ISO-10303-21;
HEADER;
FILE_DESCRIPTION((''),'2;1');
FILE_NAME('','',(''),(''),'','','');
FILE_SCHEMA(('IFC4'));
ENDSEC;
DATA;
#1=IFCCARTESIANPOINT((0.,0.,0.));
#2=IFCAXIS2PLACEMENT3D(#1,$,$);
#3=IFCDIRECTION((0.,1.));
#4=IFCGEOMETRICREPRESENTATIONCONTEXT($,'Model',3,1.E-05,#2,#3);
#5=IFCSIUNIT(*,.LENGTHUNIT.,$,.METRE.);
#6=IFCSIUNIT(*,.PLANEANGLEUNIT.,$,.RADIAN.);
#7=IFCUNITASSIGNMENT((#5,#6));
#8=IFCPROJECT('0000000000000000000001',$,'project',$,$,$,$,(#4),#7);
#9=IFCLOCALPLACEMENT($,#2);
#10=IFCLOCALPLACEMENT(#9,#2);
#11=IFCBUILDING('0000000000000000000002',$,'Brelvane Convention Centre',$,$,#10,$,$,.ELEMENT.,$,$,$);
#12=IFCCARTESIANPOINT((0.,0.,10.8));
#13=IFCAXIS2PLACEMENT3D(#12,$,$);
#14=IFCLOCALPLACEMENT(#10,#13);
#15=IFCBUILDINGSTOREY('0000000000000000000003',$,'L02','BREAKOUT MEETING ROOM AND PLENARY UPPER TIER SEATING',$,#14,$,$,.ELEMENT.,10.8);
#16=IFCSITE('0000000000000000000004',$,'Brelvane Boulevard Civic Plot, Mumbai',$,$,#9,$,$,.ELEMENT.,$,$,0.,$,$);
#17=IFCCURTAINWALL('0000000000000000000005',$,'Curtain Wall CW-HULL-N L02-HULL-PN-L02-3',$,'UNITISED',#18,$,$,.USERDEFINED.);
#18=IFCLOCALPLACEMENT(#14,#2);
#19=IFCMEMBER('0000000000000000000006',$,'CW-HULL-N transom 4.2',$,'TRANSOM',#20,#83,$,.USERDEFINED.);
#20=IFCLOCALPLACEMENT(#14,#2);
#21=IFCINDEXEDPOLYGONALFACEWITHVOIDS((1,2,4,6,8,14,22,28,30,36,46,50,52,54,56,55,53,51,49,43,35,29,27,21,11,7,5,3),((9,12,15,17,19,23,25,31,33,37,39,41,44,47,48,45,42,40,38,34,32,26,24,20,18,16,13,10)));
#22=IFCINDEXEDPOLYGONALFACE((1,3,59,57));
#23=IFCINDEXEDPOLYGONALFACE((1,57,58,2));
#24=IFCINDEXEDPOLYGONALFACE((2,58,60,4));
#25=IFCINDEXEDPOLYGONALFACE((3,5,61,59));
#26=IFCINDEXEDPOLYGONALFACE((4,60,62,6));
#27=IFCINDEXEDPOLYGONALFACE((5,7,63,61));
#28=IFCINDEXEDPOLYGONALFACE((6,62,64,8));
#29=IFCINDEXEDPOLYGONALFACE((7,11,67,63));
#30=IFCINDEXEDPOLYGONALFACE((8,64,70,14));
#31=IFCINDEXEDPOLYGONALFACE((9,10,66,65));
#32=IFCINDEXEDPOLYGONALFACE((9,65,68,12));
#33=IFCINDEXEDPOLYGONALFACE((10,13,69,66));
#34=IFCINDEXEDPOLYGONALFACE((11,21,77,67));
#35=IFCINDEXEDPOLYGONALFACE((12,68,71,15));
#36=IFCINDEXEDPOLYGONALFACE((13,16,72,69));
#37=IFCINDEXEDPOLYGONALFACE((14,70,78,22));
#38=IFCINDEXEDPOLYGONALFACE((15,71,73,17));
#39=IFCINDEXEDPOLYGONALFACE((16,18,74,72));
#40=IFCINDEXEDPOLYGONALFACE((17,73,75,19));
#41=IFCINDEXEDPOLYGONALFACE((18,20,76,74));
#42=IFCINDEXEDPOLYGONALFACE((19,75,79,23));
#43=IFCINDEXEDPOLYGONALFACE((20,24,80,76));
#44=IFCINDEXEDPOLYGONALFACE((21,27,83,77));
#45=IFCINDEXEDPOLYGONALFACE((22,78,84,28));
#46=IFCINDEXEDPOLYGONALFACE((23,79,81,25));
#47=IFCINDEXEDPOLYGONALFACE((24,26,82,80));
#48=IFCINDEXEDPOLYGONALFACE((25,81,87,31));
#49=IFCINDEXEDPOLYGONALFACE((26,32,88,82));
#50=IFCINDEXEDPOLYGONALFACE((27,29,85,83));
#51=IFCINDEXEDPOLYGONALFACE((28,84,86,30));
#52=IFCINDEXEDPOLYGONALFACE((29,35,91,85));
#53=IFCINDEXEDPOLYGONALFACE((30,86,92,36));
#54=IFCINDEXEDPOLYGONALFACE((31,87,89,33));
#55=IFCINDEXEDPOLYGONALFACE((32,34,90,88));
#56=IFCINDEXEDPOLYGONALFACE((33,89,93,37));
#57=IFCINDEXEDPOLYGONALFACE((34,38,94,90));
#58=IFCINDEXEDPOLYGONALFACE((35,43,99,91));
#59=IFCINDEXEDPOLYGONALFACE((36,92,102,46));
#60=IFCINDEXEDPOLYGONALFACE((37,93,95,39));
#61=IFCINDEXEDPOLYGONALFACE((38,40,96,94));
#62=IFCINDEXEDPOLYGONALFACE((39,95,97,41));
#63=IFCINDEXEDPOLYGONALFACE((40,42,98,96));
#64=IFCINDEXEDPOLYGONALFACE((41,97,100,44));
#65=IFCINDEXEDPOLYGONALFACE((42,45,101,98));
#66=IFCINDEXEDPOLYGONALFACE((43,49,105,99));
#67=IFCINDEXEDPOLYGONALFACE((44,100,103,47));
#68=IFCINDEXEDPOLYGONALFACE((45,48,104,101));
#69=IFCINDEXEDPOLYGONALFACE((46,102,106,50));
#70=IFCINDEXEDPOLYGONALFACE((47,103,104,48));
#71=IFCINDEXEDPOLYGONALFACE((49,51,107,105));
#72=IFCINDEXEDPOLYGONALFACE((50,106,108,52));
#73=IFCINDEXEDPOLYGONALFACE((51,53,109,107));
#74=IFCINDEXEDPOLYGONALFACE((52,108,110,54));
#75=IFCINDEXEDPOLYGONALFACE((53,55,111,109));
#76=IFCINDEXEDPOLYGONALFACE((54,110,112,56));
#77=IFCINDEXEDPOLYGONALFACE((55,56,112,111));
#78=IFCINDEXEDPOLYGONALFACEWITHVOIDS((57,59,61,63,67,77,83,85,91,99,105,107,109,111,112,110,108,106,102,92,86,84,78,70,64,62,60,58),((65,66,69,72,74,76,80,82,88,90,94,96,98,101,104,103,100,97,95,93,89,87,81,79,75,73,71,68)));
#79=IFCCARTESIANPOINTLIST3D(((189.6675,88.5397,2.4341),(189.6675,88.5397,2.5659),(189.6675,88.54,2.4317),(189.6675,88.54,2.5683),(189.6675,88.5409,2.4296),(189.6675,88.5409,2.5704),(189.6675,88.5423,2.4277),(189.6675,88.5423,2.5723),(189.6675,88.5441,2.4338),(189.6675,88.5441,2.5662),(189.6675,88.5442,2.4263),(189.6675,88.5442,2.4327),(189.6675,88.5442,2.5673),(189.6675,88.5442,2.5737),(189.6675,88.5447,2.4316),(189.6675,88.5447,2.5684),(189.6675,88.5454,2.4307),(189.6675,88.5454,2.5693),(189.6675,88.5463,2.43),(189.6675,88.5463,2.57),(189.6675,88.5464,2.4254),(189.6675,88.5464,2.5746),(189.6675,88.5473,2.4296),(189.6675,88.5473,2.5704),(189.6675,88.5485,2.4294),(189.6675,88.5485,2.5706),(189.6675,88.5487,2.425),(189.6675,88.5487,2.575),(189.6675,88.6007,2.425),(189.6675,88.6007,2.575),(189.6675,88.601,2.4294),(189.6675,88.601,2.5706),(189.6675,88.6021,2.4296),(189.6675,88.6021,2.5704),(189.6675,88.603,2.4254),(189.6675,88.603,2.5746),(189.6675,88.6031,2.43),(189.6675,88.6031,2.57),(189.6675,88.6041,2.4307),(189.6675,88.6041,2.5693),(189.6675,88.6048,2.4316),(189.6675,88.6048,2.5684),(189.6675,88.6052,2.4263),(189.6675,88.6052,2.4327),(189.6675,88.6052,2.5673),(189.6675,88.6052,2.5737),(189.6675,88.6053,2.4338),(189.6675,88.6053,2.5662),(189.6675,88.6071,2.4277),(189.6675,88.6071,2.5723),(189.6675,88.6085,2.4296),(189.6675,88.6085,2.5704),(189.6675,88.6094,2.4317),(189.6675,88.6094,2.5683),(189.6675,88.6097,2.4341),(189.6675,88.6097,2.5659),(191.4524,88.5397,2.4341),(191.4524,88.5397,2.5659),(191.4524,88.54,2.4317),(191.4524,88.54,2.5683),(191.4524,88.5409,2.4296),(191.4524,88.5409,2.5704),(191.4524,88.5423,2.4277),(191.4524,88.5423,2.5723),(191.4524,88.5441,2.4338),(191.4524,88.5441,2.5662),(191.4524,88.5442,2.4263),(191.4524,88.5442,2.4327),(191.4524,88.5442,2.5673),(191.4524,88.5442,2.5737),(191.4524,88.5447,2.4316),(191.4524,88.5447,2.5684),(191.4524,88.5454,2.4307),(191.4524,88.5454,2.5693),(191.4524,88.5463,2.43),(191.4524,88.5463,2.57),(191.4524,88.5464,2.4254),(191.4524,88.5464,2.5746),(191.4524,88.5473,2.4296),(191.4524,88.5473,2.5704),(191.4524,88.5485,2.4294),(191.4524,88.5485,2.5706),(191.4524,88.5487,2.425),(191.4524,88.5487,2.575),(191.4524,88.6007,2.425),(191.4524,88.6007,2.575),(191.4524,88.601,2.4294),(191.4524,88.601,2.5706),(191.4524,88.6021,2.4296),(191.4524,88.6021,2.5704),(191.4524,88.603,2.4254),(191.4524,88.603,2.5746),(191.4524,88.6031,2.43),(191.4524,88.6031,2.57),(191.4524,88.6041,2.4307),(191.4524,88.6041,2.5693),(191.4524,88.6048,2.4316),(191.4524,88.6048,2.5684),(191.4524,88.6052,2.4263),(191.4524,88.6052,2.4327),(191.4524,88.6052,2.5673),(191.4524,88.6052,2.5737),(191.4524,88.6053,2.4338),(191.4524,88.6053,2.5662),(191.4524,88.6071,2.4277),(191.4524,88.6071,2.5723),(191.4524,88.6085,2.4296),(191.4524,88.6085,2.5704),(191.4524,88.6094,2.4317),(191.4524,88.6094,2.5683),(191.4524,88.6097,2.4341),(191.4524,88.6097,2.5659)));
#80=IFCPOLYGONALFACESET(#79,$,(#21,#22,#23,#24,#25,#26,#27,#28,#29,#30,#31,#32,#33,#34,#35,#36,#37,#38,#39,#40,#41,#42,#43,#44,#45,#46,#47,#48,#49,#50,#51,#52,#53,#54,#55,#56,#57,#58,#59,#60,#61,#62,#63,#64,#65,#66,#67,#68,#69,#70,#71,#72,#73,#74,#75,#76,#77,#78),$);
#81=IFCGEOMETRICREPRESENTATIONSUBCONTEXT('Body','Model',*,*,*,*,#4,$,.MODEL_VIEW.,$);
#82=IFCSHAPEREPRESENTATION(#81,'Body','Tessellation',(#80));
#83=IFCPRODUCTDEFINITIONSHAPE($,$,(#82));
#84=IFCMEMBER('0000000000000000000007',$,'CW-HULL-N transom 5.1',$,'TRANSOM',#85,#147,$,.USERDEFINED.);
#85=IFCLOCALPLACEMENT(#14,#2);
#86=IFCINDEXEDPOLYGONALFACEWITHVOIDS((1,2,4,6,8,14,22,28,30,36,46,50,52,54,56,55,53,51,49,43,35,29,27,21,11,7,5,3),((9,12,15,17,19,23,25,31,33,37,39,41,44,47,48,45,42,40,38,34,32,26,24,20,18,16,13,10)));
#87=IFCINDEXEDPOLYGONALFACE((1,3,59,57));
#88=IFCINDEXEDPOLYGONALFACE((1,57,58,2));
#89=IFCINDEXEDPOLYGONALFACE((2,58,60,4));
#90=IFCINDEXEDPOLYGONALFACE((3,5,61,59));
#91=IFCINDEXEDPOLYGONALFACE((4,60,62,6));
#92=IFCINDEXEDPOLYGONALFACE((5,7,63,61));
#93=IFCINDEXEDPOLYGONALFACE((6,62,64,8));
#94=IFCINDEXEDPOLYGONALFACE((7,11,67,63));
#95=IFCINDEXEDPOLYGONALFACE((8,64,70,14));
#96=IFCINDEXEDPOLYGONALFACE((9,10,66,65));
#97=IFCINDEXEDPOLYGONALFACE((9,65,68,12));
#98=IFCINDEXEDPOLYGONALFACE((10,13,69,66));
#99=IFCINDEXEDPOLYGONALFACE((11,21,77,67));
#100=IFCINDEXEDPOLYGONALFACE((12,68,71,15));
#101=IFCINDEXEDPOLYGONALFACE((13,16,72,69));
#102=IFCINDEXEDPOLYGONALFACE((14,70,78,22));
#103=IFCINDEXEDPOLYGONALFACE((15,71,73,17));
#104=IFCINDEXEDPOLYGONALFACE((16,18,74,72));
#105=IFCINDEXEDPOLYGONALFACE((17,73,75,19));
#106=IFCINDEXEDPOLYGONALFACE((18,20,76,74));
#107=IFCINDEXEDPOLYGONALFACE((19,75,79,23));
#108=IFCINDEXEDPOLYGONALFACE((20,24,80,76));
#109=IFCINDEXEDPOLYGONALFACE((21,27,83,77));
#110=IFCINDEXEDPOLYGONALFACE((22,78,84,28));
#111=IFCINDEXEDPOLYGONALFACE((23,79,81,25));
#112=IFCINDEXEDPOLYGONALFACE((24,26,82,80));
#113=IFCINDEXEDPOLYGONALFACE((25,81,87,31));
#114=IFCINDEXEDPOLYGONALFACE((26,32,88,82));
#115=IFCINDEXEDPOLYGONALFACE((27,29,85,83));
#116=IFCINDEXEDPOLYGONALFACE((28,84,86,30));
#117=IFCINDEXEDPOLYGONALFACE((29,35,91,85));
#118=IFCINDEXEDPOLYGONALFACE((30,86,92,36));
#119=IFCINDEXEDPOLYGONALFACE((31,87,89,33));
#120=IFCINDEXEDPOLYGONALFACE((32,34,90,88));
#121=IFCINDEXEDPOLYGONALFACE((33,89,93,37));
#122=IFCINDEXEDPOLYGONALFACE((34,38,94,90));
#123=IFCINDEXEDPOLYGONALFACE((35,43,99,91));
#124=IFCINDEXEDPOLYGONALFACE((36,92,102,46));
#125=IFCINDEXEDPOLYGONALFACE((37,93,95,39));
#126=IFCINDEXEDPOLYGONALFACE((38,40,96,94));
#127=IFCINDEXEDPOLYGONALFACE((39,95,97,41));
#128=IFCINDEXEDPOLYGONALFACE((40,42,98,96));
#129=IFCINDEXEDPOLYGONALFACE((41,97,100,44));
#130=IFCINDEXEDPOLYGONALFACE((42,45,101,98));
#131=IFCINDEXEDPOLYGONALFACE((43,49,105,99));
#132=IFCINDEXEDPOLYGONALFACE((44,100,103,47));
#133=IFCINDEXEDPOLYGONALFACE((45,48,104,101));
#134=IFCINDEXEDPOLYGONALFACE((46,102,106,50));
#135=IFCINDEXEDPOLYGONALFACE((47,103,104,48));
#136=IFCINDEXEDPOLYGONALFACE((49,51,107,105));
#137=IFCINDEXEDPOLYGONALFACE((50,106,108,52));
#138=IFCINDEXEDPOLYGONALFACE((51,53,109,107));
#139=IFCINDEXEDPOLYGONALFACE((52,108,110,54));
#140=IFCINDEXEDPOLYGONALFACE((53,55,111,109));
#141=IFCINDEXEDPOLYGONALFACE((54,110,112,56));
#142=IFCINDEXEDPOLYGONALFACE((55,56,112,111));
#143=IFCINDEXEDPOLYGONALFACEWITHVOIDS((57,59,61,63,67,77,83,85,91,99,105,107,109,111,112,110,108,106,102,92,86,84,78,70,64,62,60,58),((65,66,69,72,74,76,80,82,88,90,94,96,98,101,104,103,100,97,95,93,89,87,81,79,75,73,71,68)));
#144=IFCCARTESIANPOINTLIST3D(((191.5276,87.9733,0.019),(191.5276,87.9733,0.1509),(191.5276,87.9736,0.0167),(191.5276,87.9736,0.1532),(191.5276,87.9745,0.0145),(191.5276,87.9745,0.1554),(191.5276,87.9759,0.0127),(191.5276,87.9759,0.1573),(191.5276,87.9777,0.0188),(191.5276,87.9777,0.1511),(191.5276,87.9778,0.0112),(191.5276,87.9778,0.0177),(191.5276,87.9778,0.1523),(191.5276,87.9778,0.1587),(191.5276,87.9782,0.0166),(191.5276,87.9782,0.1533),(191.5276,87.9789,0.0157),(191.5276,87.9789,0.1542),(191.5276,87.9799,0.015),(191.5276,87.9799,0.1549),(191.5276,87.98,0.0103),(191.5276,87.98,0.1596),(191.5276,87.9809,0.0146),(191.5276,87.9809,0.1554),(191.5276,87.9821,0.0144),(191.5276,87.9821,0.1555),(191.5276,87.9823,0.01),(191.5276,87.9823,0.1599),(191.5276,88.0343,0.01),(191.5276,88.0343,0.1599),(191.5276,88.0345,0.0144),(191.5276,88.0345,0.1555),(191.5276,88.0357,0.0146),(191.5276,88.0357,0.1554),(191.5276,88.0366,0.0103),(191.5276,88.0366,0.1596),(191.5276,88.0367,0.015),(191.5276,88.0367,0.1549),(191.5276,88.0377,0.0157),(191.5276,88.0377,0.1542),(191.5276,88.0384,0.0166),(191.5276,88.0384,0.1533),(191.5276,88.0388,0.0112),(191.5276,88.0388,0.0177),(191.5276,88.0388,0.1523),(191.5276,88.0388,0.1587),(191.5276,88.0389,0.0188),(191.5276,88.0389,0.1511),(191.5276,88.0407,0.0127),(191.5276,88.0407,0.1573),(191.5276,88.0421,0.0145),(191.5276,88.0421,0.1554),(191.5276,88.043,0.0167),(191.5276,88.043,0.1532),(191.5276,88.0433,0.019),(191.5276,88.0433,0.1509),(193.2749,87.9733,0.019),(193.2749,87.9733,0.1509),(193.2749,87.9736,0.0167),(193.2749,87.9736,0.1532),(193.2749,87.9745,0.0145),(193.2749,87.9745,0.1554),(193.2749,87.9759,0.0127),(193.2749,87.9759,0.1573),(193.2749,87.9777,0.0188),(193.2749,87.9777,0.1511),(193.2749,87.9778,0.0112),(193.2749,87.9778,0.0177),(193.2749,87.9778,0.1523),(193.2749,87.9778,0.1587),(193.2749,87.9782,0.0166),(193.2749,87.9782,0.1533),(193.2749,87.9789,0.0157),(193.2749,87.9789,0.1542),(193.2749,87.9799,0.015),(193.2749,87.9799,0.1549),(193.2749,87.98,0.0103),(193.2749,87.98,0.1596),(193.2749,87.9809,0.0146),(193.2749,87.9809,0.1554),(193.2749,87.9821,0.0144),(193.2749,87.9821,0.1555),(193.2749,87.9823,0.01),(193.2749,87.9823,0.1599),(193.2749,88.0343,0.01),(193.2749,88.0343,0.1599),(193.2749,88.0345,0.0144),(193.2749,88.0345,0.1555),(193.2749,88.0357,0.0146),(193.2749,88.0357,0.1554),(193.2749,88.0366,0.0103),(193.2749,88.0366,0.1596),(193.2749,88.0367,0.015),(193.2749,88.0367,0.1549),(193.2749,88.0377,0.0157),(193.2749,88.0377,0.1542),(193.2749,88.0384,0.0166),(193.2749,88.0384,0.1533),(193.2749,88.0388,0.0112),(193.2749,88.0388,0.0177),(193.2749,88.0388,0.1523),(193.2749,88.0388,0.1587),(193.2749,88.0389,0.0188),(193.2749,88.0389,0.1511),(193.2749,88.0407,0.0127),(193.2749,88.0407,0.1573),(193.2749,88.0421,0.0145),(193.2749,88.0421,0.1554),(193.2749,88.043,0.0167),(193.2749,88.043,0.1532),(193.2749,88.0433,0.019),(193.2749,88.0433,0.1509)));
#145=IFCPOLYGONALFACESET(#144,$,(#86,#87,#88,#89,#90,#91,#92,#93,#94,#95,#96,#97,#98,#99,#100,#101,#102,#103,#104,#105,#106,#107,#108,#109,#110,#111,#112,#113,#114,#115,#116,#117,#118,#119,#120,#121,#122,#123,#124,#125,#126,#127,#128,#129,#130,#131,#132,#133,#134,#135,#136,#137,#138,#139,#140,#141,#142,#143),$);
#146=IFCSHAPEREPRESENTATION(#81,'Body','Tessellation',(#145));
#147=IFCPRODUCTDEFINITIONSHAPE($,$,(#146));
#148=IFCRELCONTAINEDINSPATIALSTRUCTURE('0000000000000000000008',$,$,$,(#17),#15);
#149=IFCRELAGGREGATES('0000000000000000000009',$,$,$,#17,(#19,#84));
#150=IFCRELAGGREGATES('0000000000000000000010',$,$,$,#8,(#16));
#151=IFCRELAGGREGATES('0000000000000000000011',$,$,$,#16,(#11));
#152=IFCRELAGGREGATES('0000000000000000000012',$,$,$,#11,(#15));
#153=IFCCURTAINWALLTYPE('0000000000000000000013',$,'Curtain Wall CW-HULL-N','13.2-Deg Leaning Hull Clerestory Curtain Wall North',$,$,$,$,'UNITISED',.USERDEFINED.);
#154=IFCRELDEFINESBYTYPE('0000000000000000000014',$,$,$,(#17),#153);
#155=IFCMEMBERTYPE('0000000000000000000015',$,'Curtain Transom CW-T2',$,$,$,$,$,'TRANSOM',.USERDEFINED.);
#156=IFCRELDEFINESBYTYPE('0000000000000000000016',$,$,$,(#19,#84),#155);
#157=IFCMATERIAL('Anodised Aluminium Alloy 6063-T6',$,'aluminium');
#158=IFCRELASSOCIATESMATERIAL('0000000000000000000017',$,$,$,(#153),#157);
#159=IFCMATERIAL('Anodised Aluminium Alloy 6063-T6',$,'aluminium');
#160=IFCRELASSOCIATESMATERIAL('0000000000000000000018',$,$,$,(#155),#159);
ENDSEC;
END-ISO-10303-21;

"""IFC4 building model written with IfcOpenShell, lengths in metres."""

from ifc_helpers import new_model, si_unit, direction, frame, origin, origin_2d, place, context, subcontext, project, spatial, hollow_rectangle, extrude, material, material_profile, profile_set, type_object, element, aggregate, save


model = new_model("IFC4")

# Units and contexts
model_context = context("Model", 3, precision=1e-05, world=origin(), true_north=direction((0.0, 1.0)))
body_context = subcontext(model_context, "Body", "Model", "MODEL_VIEW")
ifc_project = project(units=[si_unit("LENGTHUNIT", "METRE"), si_unit("PLANEANGLEUNIT", "RADIAN")], contexts=[model_context])

# Site, building, storey
site_placement = place(None, origin())
site = spatial("IfcSite", under=ifc_project, at=site_placement, Name="Brelvane Boulevard Civic Plot, Mumbai", CompositionType="ELEMENT", RefElevation=0.0)
building_placement = place(site_placement, origin())
building = spatial("IfcBuilding", under=site, at=building_placement, Name="Brelvane Convention Centre", CompositionType="ELEMENT")
storey_placement = place(building_placement, frame((0.0, 0.0, 10.8)))
storey = spatial("IfcBuildingStorey", under=building, at=storey_placement, Name="L02", Description="BREAKOUT MEETING ROOM AND PLENARY UPPER TIER SEATING", CompositionType="ELEMENT", Elevation=10.8)

# Curtain wall
ifc_material_1 = material(Name="Anodised Aluminium Alloy 6063-T6", Category="aluminium")
curtain_wall_type = type_object("IfcCurtainWallType", Name="Curtain Wall CW-HULL-N", Description="13.2-Deg Leaning Hull Clerestory Curtain Wall North", ElementType="UNITISED", PredefinedType="USERDEFINED", material=ifc_material_1)
curtain_wall_1_placement = place(storey_placement, origin())
curtain_wall_1 = element("IfcCurtainWall", 1, at=curtain_wall_1_placement, inside=storey, type_object=curtain_wall_type, Name="Curtain Wall CW-HULL-N L02-HULL-PN-L02-3", ObjectType="UNITISED", PredefinedType="USERDEFINED")

# Members
ifc_material_2 = material(Name="Anodised Aluminium Alloy 6063-T6", Category="aluminium")
ifc_material_profile_1 = material_profile(ifc_material_2, hollow_rectangle(XDim=0.0701, YDim=0.1499, WallThickness=0.0044, InnerFilletRadius=0.0044, OuterFilletRadius=0.009, at=origin_2d()), Name="ALU-T 150x70x4.5")
ifc_profile_set_1 = profile_set([ifc_material_profile_1], Name="Anodised Aluminium Alloy 6063-T6")
member_type_1 = type_object("IfcMemberType", Name="Curtain Transom CW-T2", ElementType="TRANSOM", PredefinedType="USERDEFINED", material=ifc_profile_set_1)
member_1_placement = place(storey_placement, frame((189.6675, 88.5747, 2.5), z_axis=(1.0, 0.0, 0.0), x_axis=(0.0, 1.0, 0.0)))
member_1 = element("IfcMember", 2, at=member_1_placement, type_object=member_type_1, Name="CW-HULL-N transom 4.2", ObjectType="TRANSOM", PredefinedType="USERDEFINED", context=body_context, shape_type="SweptSolid", body=[
    extrude(hollow_rectangle(XDim=0.0701, YDim=0.1499, WallThickness=0.0044, InnerFilletRadius=0.0044, OuterFilletRadius=0.009, at=origin_2d()), origin(), (0.0, 0.0, 1.0), 1.7849),
])
member_2_placement = place(storey_placement, frame((191.5276, 88.0083, 0.085), z_axis=(1.0, 0.0, 0.0), x_axis=(0.0, 1.0, 0.0)))
member_2 = element("IfcMember", 3, at=member_2_placement, type_object=member_type_1, Name="CW-HULL-N transom 5.1", ObjectType="TRANSOM", PredefinedType="USERDEFINED", context=body_context, shape_type="SweptSolid", body=[
    extrude(hollow_rectangle(XDim=0.0701, YDim=0.1499, WallThickness=0.0044, InnerFilletRadius=0.0044, OuterFilletRadius=0.009, at=origin_2d()), origin(), (0.0, 0.0, 1.0), 1.7473),
])

aggregate(curtain_wall_1, [member_1, member_2])

save(model, "model.ifc")
